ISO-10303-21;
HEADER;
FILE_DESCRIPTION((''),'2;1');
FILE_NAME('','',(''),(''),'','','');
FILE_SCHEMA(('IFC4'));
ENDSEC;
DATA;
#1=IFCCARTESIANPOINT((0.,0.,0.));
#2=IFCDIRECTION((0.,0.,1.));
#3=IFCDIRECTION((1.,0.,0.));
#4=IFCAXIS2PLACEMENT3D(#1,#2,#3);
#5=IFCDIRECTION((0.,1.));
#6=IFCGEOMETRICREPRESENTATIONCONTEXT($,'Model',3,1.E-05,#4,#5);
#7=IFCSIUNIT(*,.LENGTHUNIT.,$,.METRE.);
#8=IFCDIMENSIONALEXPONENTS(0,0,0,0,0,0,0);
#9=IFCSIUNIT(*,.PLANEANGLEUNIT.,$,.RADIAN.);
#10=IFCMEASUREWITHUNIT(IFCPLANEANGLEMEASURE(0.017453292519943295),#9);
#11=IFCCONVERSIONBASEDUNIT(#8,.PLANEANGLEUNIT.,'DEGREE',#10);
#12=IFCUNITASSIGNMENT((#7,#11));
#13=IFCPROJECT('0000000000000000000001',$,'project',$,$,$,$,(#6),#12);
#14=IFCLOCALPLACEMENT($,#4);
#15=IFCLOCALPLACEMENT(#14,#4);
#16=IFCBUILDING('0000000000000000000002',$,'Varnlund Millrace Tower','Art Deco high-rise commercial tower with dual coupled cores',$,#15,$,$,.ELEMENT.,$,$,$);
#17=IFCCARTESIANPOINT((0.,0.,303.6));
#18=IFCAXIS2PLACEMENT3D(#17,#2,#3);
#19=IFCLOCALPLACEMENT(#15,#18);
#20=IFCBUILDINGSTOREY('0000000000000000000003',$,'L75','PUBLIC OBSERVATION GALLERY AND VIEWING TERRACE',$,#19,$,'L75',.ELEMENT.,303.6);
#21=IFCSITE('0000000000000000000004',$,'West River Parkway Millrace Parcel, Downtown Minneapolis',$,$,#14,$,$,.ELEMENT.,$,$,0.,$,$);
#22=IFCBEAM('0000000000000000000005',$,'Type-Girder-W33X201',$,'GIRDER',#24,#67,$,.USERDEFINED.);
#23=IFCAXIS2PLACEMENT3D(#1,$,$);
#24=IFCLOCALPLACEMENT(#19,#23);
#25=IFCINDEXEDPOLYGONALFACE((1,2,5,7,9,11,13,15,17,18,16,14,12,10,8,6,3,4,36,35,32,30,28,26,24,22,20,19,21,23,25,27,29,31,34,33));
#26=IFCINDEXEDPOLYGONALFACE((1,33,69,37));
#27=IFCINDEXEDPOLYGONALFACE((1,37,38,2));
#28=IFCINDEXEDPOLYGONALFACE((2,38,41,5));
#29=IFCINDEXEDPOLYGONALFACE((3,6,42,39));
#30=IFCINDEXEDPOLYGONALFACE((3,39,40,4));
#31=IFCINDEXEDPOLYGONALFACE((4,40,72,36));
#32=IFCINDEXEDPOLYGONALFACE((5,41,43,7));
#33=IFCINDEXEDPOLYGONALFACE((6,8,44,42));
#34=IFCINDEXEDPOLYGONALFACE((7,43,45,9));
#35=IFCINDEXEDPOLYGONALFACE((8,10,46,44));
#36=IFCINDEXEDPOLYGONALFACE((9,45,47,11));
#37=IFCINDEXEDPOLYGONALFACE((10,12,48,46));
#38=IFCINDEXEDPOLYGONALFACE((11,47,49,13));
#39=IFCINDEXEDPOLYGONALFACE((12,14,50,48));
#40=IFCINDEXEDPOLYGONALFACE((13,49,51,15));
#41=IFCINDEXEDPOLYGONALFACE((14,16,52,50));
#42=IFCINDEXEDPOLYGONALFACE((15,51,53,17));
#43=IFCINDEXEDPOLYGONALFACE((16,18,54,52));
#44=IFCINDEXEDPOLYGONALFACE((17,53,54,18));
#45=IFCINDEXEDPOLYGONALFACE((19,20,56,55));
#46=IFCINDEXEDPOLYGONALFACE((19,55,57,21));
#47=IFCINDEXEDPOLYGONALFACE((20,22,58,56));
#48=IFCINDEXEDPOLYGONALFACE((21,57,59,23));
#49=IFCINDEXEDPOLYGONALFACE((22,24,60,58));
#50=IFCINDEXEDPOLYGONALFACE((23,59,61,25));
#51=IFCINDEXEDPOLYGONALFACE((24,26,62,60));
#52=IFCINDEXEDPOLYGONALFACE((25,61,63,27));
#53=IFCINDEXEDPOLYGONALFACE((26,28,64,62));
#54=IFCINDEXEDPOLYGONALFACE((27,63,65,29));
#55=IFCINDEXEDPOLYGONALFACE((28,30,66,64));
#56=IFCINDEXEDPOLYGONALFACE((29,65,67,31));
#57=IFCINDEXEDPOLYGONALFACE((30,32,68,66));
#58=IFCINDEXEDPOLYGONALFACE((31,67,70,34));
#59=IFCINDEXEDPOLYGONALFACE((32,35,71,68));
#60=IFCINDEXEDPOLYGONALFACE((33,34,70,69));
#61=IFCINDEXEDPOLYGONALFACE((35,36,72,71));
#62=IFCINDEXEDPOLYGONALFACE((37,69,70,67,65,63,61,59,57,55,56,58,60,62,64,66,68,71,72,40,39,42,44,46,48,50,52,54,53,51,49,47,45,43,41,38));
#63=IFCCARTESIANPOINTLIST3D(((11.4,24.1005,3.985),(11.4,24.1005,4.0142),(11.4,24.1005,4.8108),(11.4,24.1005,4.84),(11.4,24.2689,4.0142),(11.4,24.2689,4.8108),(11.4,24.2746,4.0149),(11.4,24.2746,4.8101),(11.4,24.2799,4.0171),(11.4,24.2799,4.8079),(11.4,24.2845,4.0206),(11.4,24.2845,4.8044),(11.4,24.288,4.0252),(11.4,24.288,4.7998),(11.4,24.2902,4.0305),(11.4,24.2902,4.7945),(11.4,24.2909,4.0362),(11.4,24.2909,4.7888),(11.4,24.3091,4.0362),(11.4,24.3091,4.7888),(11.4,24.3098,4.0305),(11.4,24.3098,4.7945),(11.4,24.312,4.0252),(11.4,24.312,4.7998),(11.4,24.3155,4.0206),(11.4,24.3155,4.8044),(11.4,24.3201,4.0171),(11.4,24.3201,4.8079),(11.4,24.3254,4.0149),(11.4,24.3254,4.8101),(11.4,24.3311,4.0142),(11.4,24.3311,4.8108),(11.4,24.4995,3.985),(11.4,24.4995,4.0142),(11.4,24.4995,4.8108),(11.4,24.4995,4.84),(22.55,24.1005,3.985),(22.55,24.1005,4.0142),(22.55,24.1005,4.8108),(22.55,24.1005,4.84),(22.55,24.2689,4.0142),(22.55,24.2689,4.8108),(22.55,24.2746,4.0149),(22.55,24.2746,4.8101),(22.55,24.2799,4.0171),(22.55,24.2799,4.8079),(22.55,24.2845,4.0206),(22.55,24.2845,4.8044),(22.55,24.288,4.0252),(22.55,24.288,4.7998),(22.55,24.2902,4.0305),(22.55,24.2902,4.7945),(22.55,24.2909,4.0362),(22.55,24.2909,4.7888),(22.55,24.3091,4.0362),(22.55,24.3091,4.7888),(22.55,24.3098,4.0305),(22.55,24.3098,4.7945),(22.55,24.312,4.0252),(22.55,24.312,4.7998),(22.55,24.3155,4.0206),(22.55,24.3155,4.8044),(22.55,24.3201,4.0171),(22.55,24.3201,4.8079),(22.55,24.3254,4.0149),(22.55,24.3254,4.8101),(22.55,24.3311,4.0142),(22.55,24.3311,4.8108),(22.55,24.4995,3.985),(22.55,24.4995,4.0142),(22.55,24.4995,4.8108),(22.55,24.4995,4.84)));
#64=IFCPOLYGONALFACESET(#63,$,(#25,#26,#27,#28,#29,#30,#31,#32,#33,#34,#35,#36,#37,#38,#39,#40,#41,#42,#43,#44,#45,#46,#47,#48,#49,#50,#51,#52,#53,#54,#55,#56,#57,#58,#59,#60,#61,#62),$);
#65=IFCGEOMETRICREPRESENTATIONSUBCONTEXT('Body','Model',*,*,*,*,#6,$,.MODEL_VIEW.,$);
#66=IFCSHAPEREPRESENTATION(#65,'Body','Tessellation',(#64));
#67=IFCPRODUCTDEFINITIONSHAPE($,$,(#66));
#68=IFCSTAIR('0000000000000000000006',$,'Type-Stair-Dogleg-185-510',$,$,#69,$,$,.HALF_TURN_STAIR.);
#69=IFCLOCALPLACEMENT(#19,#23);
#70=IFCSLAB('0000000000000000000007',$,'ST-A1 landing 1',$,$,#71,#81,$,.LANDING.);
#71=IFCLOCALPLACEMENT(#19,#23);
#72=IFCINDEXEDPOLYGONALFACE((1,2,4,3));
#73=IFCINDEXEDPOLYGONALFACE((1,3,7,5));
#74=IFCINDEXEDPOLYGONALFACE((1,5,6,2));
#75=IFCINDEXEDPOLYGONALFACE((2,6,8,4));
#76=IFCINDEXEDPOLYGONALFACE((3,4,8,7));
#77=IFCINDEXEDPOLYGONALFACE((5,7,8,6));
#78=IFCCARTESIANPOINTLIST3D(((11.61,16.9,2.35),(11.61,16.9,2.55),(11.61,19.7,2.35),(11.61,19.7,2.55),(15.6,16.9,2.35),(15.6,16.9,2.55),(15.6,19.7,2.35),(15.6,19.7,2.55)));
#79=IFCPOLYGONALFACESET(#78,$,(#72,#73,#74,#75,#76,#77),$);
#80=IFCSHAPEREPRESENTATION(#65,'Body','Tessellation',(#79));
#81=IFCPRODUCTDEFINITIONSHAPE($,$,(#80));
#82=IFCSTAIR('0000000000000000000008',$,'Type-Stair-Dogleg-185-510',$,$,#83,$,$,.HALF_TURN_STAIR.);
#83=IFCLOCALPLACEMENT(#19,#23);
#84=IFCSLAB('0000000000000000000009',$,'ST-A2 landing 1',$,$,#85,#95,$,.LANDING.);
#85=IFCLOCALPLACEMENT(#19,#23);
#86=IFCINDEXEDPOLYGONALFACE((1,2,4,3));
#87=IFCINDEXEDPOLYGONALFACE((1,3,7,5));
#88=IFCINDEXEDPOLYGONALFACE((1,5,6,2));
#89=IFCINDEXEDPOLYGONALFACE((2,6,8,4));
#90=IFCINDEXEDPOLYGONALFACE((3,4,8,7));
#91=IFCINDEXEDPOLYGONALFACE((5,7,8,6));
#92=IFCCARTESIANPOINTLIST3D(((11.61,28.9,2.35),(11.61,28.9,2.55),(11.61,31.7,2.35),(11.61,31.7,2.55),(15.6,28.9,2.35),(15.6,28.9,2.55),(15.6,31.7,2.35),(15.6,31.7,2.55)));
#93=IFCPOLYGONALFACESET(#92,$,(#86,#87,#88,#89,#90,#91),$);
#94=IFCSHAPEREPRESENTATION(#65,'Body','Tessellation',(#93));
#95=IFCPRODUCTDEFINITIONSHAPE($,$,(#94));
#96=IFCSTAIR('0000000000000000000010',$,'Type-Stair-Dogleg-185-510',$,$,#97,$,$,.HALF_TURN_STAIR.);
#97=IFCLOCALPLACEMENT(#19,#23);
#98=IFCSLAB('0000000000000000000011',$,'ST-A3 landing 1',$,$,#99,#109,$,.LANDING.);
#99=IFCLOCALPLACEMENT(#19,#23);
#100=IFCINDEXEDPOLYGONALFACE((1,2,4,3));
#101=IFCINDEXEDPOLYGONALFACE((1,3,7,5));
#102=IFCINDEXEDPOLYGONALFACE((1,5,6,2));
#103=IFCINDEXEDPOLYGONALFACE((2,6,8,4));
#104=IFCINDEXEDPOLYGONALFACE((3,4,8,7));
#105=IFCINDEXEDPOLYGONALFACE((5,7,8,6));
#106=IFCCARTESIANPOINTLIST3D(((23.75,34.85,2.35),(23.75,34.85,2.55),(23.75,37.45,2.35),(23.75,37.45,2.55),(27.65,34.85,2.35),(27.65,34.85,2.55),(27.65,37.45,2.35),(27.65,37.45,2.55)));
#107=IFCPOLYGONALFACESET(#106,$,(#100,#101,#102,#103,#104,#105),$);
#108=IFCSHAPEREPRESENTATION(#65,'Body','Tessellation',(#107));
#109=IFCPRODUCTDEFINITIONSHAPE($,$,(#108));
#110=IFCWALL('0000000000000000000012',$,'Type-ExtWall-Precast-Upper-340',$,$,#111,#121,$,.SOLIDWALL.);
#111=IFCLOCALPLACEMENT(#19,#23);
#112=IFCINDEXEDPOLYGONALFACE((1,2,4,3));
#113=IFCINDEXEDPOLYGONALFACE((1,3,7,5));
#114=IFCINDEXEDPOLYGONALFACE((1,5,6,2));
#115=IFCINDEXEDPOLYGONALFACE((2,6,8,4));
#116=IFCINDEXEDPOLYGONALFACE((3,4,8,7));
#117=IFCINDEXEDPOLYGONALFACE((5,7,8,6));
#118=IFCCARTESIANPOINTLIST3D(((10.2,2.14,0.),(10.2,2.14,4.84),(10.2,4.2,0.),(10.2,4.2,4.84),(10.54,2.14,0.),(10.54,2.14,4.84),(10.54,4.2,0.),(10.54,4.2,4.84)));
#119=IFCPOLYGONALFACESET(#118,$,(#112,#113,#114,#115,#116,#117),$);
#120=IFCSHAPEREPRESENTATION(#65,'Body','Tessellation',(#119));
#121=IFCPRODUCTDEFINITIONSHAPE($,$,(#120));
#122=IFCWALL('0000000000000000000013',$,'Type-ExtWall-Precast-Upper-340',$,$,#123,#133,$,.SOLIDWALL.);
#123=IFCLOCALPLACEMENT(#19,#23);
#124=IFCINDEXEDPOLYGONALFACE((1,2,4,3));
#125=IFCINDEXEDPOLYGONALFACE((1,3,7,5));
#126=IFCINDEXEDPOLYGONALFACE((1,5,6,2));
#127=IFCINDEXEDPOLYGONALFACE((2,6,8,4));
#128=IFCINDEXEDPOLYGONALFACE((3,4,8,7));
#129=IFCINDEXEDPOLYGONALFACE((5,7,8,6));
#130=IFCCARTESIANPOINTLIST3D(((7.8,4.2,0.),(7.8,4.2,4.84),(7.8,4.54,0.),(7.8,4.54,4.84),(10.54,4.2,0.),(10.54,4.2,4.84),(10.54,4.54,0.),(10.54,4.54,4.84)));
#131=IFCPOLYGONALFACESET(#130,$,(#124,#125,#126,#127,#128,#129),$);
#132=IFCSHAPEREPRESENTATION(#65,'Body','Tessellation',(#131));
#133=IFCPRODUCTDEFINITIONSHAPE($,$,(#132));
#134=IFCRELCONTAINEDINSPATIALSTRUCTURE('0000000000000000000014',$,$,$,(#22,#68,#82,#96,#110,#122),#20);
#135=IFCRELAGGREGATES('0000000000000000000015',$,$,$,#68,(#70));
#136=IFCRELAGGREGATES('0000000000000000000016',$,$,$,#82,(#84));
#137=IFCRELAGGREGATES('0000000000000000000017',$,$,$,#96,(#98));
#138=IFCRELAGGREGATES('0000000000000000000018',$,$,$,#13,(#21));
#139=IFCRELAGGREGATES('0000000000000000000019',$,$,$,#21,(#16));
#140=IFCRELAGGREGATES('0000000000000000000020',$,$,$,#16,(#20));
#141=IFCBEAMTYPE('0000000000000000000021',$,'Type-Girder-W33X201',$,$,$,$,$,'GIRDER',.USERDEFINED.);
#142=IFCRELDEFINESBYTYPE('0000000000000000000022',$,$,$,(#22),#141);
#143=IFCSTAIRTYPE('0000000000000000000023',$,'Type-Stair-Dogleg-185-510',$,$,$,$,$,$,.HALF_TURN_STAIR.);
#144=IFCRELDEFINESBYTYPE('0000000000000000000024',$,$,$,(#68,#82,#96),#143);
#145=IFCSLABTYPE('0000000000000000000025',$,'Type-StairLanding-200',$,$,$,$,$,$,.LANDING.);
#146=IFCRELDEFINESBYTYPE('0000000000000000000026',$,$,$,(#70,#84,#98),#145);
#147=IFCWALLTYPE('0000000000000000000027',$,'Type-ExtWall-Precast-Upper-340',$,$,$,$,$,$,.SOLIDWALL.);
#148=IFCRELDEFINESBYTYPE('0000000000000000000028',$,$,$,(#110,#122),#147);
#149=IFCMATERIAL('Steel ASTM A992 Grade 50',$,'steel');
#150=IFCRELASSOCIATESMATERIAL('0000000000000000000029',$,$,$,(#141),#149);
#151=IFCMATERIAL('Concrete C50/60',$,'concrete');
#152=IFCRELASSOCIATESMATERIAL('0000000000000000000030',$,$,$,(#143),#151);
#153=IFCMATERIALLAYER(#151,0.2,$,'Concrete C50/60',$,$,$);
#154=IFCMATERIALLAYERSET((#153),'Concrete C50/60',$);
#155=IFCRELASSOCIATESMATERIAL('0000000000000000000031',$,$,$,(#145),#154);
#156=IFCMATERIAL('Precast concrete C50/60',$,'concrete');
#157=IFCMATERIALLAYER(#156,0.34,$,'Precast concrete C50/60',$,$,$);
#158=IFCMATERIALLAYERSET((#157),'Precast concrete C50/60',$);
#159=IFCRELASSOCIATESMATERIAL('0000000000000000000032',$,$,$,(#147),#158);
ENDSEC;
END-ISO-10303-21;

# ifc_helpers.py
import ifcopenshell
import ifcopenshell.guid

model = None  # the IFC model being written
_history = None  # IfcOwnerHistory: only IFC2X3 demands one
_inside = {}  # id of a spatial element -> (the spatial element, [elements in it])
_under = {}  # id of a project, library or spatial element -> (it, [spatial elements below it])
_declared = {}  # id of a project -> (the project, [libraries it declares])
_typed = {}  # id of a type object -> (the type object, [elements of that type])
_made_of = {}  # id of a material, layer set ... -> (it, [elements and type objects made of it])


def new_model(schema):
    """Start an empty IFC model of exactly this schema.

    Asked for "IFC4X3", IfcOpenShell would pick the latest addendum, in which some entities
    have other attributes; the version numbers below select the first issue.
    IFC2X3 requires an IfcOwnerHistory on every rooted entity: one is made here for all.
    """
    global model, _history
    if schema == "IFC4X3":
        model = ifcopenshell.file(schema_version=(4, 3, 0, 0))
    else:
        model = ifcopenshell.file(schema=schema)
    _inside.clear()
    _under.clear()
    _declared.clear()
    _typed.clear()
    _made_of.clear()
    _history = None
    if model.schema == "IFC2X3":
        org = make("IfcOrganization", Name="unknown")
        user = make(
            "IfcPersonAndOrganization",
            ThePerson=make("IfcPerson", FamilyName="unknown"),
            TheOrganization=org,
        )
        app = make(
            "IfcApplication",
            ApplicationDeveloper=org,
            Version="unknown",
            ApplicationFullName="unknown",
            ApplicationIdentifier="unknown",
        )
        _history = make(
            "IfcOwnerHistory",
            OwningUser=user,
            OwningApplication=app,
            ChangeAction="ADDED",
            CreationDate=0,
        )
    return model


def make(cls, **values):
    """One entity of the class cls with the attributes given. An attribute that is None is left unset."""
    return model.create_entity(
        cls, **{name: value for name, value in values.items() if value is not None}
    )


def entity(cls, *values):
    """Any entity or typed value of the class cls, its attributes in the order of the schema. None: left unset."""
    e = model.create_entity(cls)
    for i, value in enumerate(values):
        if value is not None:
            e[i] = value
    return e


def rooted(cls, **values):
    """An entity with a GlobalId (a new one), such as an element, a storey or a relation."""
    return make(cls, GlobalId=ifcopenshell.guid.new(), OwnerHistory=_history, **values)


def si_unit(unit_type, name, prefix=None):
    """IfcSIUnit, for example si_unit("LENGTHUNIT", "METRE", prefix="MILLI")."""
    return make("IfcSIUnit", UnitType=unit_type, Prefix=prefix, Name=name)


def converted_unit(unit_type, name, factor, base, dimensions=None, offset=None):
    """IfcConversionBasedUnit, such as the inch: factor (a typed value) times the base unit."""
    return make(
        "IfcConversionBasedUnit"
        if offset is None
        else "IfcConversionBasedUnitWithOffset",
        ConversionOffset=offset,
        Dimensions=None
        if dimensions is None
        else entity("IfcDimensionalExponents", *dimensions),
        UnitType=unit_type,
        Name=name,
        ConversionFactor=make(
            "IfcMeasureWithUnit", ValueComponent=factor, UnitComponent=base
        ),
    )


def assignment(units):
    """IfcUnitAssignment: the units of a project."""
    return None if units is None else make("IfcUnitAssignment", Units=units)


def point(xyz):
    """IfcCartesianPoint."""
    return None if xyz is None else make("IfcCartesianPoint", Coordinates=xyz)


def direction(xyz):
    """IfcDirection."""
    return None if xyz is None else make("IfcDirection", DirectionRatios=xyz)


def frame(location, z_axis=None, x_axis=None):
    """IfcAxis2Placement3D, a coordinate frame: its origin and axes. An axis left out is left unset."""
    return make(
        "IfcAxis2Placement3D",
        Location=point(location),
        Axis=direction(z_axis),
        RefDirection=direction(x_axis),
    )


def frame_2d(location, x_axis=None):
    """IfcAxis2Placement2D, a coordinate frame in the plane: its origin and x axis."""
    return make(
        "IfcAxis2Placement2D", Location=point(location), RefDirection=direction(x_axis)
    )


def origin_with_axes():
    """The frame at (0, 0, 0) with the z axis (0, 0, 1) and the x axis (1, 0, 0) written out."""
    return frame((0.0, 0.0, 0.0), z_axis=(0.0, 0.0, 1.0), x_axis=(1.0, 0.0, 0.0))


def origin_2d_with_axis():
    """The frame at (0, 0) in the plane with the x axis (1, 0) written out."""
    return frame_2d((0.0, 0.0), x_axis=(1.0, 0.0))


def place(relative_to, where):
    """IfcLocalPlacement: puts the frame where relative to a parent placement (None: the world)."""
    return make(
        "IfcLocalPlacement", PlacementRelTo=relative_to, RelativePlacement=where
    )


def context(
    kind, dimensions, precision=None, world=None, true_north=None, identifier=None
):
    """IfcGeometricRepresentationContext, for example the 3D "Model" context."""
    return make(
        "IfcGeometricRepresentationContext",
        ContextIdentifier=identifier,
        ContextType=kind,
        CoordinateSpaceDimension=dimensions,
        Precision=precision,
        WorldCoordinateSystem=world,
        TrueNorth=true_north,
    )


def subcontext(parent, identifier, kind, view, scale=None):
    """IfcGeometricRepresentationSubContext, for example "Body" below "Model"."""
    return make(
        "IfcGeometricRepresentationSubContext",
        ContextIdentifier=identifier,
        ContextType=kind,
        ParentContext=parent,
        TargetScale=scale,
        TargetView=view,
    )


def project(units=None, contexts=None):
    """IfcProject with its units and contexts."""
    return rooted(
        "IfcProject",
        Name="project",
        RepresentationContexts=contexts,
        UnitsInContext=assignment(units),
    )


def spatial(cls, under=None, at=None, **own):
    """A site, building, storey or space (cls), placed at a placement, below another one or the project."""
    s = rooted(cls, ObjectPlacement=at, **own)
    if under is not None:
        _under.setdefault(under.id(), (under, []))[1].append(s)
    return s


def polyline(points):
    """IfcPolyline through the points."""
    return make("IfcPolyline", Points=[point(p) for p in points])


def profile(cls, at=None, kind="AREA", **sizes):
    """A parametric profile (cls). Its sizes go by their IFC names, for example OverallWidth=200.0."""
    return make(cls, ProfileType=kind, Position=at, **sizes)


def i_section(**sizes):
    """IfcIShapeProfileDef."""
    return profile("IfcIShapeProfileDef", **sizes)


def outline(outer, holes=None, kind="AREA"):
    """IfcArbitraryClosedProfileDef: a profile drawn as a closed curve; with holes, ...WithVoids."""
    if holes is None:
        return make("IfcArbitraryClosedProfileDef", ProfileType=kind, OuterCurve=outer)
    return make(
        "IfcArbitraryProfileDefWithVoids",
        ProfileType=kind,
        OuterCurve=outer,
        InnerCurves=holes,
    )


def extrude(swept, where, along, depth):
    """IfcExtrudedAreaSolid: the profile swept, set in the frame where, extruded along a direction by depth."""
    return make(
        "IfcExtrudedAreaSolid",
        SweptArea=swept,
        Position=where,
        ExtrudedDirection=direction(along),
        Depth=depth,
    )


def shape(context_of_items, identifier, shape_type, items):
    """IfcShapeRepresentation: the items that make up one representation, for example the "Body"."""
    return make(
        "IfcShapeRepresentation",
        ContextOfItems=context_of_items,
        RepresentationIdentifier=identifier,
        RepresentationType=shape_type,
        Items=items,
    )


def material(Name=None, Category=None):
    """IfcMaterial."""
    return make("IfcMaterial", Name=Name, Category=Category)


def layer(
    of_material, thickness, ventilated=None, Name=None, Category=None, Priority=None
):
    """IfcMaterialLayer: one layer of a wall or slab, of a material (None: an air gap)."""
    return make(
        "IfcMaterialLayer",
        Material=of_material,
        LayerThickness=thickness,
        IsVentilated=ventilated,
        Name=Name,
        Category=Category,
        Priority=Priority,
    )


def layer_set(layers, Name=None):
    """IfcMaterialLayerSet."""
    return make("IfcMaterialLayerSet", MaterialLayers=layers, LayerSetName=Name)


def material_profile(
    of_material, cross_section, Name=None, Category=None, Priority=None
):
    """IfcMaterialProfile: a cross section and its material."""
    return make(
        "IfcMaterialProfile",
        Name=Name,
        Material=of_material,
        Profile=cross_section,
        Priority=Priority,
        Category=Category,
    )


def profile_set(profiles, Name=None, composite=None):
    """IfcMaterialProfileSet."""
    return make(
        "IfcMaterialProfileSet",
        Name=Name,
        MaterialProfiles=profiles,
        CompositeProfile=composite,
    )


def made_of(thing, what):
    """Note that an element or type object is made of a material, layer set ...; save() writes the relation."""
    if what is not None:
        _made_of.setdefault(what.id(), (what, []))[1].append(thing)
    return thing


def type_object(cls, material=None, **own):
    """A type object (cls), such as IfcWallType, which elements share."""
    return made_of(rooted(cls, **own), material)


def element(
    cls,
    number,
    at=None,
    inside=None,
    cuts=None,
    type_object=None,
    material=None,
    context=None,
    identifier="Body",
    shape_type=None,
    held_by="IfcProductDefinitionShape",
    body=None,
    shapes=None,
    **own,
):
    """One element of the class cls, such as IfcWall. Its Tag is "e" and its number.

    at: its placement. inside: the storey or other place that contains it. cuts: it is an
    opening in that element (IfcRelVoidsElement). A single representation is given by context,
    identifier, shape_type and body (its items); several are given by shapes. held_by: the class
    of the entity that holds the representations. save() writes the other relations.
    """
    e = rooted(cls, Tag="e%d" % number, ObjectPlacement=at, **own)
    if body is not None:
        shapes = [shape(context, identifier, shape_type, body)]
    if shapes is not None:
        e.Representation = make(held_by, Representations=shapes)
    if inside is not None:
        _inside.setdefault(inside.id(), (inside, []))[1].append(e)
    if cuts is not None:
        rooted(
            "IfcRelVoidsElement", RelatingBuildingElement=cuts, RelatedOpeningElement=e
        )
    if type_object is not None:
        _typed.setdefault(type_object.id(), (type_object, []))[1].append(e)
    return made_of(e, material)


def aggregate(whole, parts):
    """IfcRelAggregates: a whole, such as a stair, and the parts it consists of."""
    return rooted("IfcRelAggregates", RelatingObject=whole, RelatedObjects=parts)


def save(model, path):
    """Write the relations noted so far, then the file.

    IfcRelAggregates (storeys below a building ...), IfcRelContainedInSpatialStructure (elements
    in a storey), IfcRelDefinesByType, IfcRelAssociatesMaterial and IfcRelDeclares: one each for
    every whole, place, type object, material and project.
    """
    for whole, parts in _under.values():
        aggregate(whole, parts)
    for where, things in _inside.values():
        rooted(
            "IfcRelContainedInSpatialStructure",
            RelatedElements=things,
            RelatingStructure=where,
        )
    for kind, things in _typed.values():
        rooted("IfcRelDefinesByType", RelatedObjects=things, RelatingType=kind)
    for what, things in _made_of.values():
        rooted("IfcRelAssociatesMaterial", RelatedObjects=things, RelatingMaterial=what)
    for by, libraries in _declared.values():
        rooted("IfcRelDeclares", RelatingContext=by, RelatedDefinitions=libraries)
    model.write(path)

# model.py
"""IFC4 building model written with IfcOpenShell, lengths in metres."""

from ifc_helpers import new_model, entity, si_unit, converted_unit, direction, frame, origin_with_axes, origin_2d_with_axis, place, context, subcontext, project, spatial, polyline, i_section, outline, extrude, material, layer, layer_set, material_profile, profile_set, type_object, element, aggregate, save


model = new_model("IFC4")

# Units and contexts
model_context = context("Model", 3, precision=1e-05, world=origin_with_axes(), true_north=direction((0.0, 1.0)))
body_context = subcontext(model_context, "Body", "Model", "MODEL_VIEW")
ifc_project = project(units=[si_unit("LENGTHUNIT", "METRE"), converted_unit("PLANEANGLEUNIT", "DEGREE", entity("IfcPlaneAngleMeasure", 0.017453292519943295), si_unit("PLANEANGLEUNIT", "RADIAN"), dimensions=[0, 0, 0, 0, 0, 0, 0])], contexts=[model_context])

# Site, building, storey
site_placement = place(None, origin_with_axes())
site = spatial("IfcSite", under=ifc_project, at=site_placement, Name="West River Parkway Millrace Parcel, Downtown Minneapolis", CompositionType="ELEMENT", RefElevation=0.0)
building_placement = place(site_placement, origin_with_axes())
building = spatial("IfcBuilding", under=site, at=building_placement, Name="Varnlund Millrace Tower", Description="Art Deco high-rise commercial tower with dual coupled cores", CompositionType="ELEMENT")
storey_placement = place(building_placement, frame((0.0, 0.0, 303.6), z_axis=(0.0, 0.0, 1.0), x_axis=(1.0, 0.0, 0.0)))
storey = spatial("IfcBuildingStorey", under=building, at=storey_placement, Name="L75", Description="PUBLIC OBSERVATION GALLERY AND VIEWING TERRACE", LongName="L75", CompositionType="ELEMENT", Elevation=303.6)

# Beam
ifc_material_1 = material(Name="Steel ASTM A992 Grade 50", Category="steel")
ifc_material_profile_1 = material_profile(ifc_material_1, i_section(OverallWidth=0.399, OverallDepth=0.855, WebThickness=0.0182, FlangeThickness=0.0292, FilletRadius=0.022, at=origin_2d_with_axis()), Name="Steel ASTM A992 Grade 50")
ifc_profile_set_1 = profile_set([ifc_material_profile_1], Name="Steel ASTM A992 Grade 50")
beam_type_1 = type_object("IfcBeamType", Name="Type-Girder-W33X201", ElementType="GIRDER", PredefinedType="USERDEFINED", material=ifc_profile_set_1)
beam_1_placement = place(storey_placement, frame((11.4, 24.3, 4.4125), z_axis=(1.0, 0.0, 0.0), x_axis=(0.0, 1.0, 0.0)))
element("IfcBeam", 1, at=beam_1_placement, inside=storey, type_object=beam_type_1, Name="Type-Girder-W33X201", ObjectType="GIRDER", PredefinedType="USERDEFINED", context=body_context, shape_type="SweptSolid", body=[
    extrude(i_section(OverallWidth=0.399, OverallDepth=0.855, WebThickness=0.0182, FlangeThickness=0.0292, FilletRadius=0.022, at=origin_2d_with_axis()), origin_with_axes(), (0.0, 0.0, 1.0), 11.15),
])

# Stairs, slabs
ifc_material_2 = material(Name="Concrete C50/60", Category="concrete")
stair_type = type_object("IfcStairType", Name="Type-Stair-Dogleg-185-510", PredefinedType="HALF_TURN_STAIR", material=ifc_material_2)
stair_1_placement = place(storey_placement, origin_with_axes())
stair_1 = element("IfcStair", 2, at=stair_1_placement, inside=storey, type_object=stair_type, Name="Type-Stair-Dogleg-185-510", PredefinedType="HALF_TURN_STAIR")
ifc_layer_1 = layer(ifc_material_2, 0.2, Name="Concrete C50/60")
ifc_layer_set_1 = layer_set([ifc_layer_1], Name="Concrete C50/60")
slab_type = type_object("IfcSlabType", Name="Type-StairLanding-200", PredefinedType="LANDING", material=ifc_layer_set_1)
slab_1_placement = place(storey_placement, frame((0.0, 0.0, 2.35), z_axis=(0.0, 0.0, 1.0), x_axis=(1.0, 0.0, 0.0)))
slab_1 = element("IfcSlab", 3, at=slab_1_placement, type_object=slab_type, Name="ST-A1 landing 1", PredefinedType="LANDING", context=body_context, shape_type="SweptSolid", body=[
    extrude(outline(polyline([(15.6, 16.9), (15.6, 19.7), (11.61, 19.7), (11.61, 16.9), (15.6, 16.9)])), origin_with_axes(), (0.0, 0.0, 1.0), 0.2),
])
aggregate(stair_1, [slab_1])
stair_2_placement = place(storey_placement, origin_with_axes())
stair_2 = element("IfcStair", 4, at=stair_2_placement, inside=storey, type_object=stair_type, Name="Type-Stair-Dogleg-185-510", PredefinedType="HALF_TURN_STAIR")
slab_2_placement = place(storey_placement, frame((0.0, 0.0, 2.35), z_axis=(0.0, 0.0, 1.0), x_axis=(1.0, 0.0, 0.0)))
slab_2 = element("IfcSlab", 5, at=slab_2_placement, type_object=slab_type, Name="ST-A2 landing 1", PredefinedType="LANDING", context=body_context, shape_type="SweptSolid", body=[
    extrude(outline(polyline([(11.61, 31.7), (11.61, 28.9), (15.6, 28.9), (15.6, 31.7), (11.61, 31.7)])), origin_with_axes(), (0.0, 0.0, 1.0), 0.2),
])
aggregate(stair_2, [slab_2])
stair_3_placement = place(storey_placement, origin_with_axes())
stair_3 = element("IfcStair", 6, at=stair_3_placement, inside=storey, type_object=stair_type, Name="Type-Stair-Dogleg-185-510", PredefinedType="HALF_TURN_STAIR")
slab_3_placement = place(storey_placement, frame((0.0, 0.0, 2.35), z_axis=(0.0, 0.0, 1.0), x_axis=(1.0, 0.0, 0.0)))
slab_3 = element("IfcSlab", 7, at=slab_3_placement, type_object=slab_type, Name="ST-A3 landing 1", PredefinedType="LANDING", context=body_context, shape_type="SweptSolid", body=[
    extrude(outline(polyline([(27.65, 34.85), (27.65, 37.45), (23.75, 37.45), (23.75, 34.85), (27.65, 34.85)])), origin_with_axes(), (0.0, 0.0, 1.0), 0.2),
])
aggregate(stair_3, [slab_3])

# Walls
ifc_material_3 = material(Name="Precast concrete C50/60", Category="concrete")
ifc_layer_2 = layer(ifc_material_3, 0.34, Name="Precast concrete C50/60")
ifc_layer_set_2 = layer_set([ifc_layer_2], Name="Precast concrete C50/60")
wall_type = type_object("IfcWallType", Name="Type-ExtWall-Precast-Upper-340", PredefinedType="SOLIDWALL", material=ifc_layer_set_2)
wall_1_placement = place(storey_placement, frame((10.37, 2.14, 0.0), z_axis=(0.0, 0.0, 1.0), x_axis=(0.0, 1.0, 0.0)))
element("IfcWall", 8, at=wall_1_placement, inside=storey, type_object=wall_type, Name="Type-ExtWall-Precast-Upper-340", PredefinedType="SOLIDWALL", context=body_context, shape_type="SweptSolid", body=[
    extrude(outline(polyline([(0.0, -0.17), (2.06, -0.17), (2.06, 0.17), (0.0, 0.17), (0.0, -0.17)])), origin_with_axes(), (0.0, 0.0, 1.0), 4.84),
])
wall_2_placement = place(storey_placement, frame((10.54, 4.37, 0.0), z_axis=(0.0, 0.0, 1.0), x_axis=(-1.0, 0.0, 0.0)))
element("IfcWall", 9, at=wall_2_placement, inside=storey, type_object=wall_type, Name="Type-ExtWall-Precast-Upper-340", PredefinedType="SOLIDWALL", context=body_context, shape_type="SweptSolid", body=[
    extrude(outline(polyline([(0.0, -0.17), (2.74, -0.17), (2.74, 0.17), (0.0, 0.17), (0.0, -0.17)])), origin_with_axes(), (0.0, 0.0, 1.0), 4.84),
])

save(model, "model.ifc")
